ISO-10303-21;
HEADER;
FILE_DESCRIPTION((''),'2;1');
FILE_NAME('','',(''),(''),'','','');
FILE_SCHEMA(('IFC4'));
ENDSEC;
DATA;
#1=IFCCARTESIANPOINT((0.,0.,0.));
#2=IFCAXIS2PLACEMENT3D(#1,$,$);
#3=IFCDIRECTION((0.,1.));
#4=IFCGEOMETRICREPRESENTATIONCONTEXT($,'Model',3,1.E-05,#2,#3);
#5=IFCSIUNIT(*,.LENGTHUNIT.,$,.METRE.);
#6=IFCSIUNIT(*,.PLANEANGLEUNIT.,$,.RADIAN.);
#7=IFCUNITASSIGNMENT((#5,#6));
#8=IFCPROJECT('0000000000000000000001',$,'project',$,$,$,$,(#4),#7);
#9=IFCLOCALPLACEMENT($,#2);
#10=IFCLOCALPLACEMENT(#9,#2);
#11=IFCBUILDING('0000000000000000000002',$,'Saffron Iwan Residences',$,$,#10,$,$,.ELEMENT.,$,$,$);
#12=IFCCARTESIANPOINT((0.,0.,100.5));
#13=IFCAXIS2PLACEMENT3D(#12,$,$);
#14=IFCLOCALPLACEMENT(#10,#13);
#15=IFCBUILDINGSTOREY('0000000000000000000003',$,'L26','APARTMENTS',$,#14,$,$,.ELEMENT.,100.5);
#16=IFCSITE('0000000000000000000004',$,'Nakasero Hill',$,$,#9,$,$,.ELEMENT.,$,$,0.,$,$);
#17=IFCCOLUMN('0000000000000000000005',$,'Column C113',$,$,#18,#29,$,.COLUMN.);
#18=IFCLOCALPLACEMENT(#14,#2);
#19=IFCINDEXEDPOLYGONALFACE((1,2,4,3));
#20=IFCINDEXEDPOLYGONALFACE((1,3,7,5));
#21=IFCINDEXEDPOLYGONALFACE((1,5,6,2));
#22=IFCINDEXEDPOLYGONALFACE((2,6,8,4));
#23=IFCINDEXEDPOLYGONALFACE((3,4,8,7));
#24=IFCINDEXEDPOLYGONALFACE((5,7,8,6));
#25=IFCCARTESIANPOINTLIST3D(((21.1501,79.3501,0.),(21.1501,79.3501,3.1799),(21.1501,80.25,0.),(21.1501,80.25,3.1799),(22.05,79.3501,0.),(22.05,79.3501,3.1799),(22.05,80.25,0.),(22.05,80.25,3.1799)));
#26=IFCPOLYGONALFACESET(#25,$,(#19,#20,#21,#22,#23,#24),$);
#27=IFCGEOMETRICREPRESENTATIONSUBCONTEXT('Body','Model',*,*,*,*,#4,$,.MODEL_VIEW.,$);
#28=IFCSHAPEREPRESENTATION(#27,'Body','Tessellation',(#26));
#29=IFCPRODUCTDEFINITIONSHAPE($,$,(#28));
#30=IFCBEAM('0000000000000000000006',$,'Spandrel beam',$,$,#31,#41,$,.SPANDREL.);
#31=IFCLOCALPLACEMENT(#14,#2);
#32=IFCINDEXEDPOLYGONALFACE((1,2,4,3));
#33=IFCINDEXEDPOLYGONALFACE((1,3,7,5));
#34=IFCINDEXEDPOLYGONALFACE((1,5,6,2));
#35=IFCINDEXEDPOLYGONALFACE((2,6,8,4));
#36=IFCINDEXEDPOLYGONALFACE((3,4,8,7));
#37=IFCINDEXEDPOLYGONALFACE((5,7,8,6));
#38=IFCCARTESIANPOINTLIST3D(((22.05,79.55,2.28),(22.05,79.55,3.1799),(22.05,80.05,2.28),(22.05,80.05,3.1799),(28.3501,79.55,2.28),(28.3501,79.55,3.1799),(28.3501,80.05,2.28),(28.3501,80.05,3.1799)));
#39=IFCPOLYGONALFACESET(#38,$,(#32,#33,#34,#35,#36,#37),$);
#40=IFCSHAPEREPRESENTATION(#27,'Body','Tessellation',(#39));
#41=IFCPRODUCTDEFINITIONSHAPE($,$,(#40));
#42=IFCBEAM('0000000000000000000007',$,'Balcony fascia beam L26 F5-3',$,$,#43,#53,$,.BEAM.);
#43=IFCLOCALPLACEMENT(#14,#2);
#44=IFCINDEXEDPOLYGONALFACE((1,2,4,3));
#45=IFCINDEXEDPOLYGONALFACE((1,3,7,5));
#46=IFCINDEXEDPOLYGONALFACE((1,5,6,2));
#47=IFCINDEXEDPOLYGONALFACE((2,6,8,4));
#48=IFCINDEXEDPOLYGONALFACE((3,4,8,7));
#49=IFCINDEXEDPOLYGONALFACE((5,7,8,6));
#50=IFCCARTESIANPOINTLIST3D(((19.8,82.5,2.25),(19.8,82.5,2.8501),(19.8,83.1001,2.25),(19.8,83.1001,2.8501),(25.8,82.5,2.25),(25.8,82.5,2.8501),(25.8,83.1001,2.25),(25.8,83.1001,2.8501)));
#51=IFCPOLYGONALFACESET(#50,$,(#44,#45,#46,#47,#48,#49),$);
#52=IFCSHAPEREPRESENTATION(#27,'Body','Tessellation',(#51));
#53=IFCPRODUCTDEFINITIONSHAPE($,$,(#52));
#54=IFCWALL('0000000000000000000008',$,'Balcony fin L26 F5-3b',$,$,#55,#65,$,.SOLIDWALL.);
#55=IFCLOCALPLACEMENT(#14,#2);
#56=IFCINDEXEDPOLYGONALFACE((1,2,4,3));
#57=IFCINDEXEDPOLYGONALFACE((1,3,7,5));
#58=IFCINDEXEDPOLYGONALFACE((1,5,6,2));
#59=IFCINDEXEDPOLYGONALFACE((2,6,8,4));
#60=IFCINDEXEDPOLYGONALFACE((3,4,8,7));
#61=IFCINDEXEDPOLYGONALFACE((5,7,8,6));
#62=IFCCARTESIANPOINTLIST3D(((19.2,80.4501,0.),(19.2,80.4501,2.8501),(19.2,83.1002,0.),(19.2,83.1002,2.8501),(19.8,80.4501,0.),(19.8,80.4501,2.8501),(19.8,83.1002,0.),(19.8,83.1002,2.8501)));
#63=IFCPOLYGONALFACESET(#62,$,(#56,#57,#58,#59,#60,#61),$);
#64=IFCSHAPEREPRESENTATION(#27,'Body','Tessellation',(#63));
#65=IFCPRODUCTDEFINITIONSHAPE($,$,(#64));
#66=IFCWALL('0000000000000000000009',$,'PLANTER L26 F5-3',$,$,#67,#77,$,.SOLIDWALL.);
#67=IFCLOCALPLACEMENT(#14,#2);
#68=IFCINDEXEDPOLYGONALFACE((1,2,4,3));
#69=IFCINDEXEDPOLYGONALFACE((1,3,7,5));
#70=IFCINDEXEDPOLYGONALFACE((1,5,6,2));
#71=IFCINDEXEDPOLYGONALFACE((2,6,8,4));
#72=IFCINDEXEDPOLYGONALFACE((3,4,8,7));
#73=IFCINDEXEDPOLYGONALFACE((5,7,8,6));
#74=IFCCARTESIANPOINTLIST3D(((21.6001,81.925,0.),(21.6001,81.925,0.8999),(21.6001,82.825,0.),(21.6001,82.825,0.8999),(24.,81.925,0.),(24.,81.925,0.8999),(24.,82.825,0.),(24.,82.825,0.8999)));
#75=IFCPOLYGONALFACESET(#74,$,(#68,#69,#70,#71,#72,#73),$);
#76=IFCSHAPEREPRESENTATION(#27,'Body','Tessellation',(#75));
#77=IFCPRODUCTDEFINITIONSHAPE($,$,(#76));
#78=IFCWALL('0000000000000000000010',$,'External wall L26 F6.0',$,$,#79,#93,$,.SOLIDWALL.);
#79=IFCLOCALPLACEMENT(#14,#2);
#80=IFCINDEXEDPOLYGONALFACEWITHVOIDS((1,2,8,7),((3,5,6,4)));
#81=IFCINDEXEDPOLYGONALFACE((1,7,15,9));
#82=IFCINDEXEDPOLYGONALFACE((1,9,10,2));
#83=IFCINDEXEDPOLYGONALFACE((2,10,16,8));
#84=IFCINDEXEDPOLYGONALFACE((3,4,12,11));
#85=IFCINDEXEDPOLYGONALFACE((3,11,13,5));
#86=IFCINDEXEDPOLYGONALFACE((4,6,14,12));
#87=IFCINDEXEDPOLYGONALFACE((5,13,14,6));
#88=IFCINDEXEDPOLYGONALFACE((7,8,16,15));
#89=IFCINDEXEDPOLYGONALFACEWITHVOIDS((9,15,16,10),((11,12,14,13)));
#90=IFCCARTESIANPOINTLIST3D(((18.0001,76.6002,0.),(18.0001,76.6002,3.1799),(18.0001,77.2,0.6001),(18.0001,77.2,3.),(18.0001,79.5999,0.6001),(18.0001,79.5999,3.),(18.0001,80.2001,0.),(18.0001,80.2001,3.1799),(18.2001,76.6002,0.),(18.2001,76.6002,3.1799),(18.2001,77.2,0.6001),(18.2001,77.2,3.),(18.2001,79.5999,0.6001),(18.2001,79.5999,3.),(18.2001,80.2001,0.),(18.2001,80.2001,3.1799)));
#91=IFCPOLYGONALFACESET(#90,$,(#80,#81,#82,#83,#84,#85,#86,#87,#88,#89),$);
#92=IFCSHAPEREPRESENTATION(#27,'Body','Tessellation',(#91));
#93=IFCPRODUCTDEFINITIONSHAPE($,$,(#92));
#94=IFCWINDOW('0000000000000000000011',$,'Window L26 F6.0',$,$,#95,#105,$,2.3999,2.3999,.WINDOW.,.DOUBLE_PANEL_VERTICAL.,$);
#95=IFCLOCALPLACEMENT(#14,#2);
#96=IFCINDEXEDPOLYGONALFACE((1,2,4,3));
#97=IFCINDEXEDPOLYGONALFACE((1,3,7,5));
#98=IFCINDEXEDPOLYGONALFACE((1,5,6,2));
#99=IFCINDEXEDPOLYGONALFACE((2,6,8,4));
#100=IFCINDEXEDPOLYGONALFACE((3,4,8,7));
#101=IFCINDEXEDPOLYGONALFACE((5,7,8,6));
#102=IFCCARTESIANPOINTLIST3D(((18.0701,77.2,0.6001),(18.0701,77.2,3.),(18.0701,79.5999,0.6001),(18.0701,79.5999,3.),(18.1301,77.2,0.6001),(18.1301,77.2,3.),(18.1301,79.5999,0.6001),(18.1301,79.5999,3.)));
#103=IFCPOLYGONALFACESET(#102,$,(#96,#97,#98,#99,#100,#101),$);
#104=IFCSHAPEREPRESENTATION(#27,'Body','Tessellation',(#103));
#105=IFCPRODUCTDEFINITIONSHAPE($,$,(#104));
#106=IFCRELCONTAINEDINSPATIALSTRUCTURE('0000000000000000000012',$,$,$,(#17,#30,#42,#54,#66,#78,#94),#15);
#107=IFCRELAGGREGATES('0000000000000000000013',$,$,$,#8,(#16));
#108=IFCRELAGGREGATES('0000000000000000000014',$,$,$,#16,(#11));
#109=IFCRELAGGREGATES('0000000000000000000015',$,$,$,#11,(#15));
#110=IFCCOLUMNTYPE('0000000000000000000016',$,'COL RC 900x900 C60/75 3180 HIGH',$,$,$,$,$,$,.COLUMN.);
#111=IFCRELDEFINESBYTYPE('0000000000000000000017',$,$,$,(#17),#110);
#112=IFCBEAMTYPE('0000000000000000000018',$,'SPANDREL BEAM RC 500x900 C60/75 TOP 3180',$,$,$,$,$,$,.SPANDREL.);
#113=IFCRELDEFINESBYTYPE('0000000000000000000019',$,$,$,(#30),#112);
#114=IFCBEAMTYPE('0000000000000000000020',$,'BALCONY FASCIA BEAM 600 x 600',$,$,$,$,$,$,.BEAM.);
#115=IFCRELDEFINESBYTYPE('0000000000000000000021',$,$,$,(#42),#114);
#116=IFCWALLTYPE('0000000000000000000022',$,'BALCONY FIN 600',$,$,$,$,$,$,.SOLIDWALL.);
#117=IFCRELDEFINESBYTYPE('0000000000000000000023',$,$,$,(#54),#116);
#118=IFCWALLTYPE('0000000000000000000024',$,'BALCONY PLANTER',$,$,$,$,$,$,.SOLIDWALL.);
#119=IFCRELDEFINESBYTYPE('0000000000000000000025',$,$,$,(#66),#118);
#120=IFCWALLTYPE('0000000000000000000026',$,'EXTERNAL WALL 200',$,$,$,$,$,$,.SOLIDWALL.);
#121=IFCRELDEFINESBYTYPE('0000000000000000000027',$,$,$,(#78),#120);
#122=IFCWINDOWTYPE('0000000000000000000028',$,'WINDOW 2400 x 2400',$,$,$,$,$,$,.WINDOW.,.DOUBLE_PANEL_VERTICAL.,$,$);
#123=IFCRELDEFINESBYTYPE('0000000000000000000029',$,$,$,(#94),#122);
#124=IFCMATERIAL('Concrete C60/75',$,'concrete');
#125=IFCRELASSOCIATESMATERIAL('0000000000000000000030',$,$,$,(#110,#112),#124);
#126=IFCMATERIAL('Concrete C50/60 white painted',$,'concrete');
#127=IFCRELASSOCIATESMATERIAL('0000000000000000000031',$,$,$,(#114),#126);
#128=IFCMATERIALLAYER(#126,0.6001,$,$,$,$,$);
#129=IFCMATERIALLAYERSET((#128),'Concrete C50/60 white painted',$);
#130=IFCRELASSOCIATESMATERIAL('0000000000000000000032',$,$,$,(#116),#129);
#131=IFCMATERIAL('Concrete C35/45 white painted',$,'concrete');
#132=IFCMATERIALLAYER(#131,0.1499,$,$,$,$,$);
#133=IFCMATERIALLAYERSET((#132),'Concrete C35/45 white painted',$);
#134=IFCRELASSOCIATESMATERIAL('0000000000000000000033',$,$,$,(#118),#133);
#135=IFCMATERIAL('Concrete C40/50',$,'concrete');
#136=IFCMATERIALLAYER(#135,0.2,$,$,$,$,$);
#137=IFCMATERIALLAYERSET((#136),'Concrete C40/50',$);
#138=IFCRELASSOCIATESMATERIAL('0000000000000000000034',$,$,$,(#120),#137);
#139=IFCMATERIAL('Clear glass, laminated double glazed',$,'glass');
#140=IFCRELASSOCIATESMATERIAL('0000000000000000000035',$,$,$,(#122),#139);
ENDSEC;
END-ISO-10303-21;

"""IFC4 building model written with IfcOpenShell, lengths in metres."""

from ifc_helpers import new_model, si_unit, direction, frame, frame_2d, origin, origin_2d, place, context, subcontext, project, spatial, rectangle, extrude, source, transform, mapped, material, layer, layer_set, material_profile, profile_set, type_object, element, fill, save


model = new_model("IFC4")

# Units and contexts
model_context = context("Model", 3, precision=1e-05, world=origin(), true_north=direction((0.0, 1.0)))
body_context = subcontext(model_context, "Body", "Model", "MODEL_VIEW")
ifc_project = project(units=[si_unit("LENGTHUNIT", "METRE"), si_unit("PLANEANGLEUNIT", "RADIAN")], contexts=[model_context])

# Site, building, storey
site_placement = place(None, origin())
site = spatial("IfcSite", under=ifc_project, at=site_placement, Name="Nakasero Hill", CompositionType="ELEMENT", RefElevation=0.0)
building_placement = place(site_placement, origin())
building = spatial("IfcBuilding", under=site, at=building_placement, Name="Saffron Iwan Residences", CompositionType="ELEMENT")
storey_placement = place(building_placement, frame((0.0, 0.0, 100.5)))
storey = spatial("IfcBuildingStorey", under=building, at=storey_placement, Name="L26", Description="APARTMENTS", CompositionType="ELEMENT", Elevation=100.5)

# Column
ifc_material_1 = material(Name="Concrete C60/75", Category="concrete")
ifc_material_profile_1 = material_profile(ifc_material_1, rectangle(XDim=0.8999, YDim=0.8999, at=origin_2d()), Name="RC 900x900")
ifc_profile_set_1 = profile_set([ifc_material_profile_1], Name="Concrete C60/75")
column_type = type_object("IfcColumnType", Name="COL RC 900x900 C60/75 3180 HIGH", PredefinedType="COLUMN", material=ifc_profile_set_1)
shared_shape_1 = source(origin(), body_context, "Body", "SweptSolid", [
    extrude(rectangle(XDim=0.8999, YDim=0.8999, at=origin_2d()), origin(), (0.0, 0.0, 1.0), 3.1799),
])
column_placement = place(storey_placement, frame((21.6001, 79.8, 0.0), z_axis=(0.0, 0.0, 1.0), x_axis=(1.0, 0.0, 0.0)))
element("IfcColumn", 1, at=column_placement, inside=storey, type_object=column_type, Name="Column C113", PredefinedType="COLUMN", context=body_context, shape_type="MappedRepresentation", body=[
    mapped(shared_shape_1, transform((0.0, 0.0, 0.0))),
])

# Beams
ifc_material_profile_2 = material_profile(ifc_material_1, rectangle(XDim=0.5, YDim=0.8999, at=origin_2d()), Name="RC 500x900")
ifc_profile_set_2 = profile_set([ifc_material_profile_2], Name="Concrete C60/75")
beam_type_1 = type_object("IfcBeamType", Name="SPANDREL BEAM RC 500x900 C60/75 TOP 3180", PredefinedType="SPANDREL", material=ifc_profile_set_2)
shared_shape_2 = source(origin(), body_context, "Body", "SweptSolid", [
    extrude(rectangle(XDim=0.5, YDim=0.8999, at=origin_2d()), origin(), (0.0, 0.0, 1.0), 6.3),
])
beam_1_placement = place(storey_placement, frame((22.05, 79.8, 2.73), z_axis=(1.0, 0.0, 0.0), x_axis=(0.0, 1.0, 0.0)))
element("IfcBeam", 2, at=beam_1_placement, inside=storey, type_object=beam_type_1, Name="Spandrel beam", PredefinedType="SPANDREL", context=body_context, shape_type="MappedRepresentation", body=[
    mapped(shared_shape_2, transform((0.0, 0.0, 0.0))),
])
ifc_material_2 = material(Name="Concrete C50/60 white painted", Category="concrete")
ifc_material_profile_3 = material_profile(ifc_material_2, rectangle(XDim=0.6001, YDim=0.6001, at=origin_2d()), Name="BALCONY FASCIA BEAM 600 x 600")
ifc_profile_set_3 = profile_set([ifc_material_profile_3], Name="Concrete C50/60 white painted")
beam_type_2 = type_object("IfcBeamType", Name="BALCONY FASCIA BEAM 600 x 600", PredefinedType="BEAM", material=ifc_profile_set_3)
shared_shape_3 = source(origin(), body_context, "Body", "SweptSolid", [
    extrude(rectangle(XDim=0.6001, YDim=0.6001, at=origin_2d()), origin(), (0.0, 0.0, 1.0), 6.0),
])
beam_2_placement = place(storey_placement, frame((25.8, 82.8, 2.55), z_axis=(-1.0, 0.0, 0.0), x_axis=(0.0, -1.0, 0.0)))
element("IfcBeam", 3, at=beam_2_placement, inside=storey, type_object=beam_type_2, Name="Balcony fascia beam L26 F5-3", PredefinedType="BEAM", context=body_context, shape_type="MappedRepresentation", body=[
    mapped(shared_shape_3, transform((0.0, 0.0, 0.0))),
])

# Walls
ifc_layer_1 = layer(ifc_material_2, 0.6001)
ifc_layer_set_1 = layer_set([ifc_layer_1], Name="Concrete C50/60 white painted")
wall_type_1 = type_object("IfcWallType", Name="BALCONY FIN 600", PredefinedType="SOLIDWALL", material=ifc_layer_set_1)
wall_1_placement = place(storey_placement, frame((19.5, 80.45, 0.0), z_axis=(0.0, 0.0, 1.0), x_axis=(0.0, 1.0, 0.0)))
element("IfcWall", 4, at=wall_1_placement, inside=storey, type_object=wall_type_1, Name="Balcony fin L26 F5-3b", PredefinedType="SOLIDWALL", context=body_context, shape_type="SweptSolid", body=[
    extrude(rectangle(XDim=2.6501, YDim=0.6001, at=frame_2d((1.3252, 0.0))), origin(), (0.0, 0.0, 1.0), 2.8501),
])
ifc_material_3 = material(Name="Concrete C35/45 white painted", Category="concrete")
ifc_layer_2 = layer(ifc_material_3, 0.1499)
ifc_layer_set_2 = layer_set([ifc_layer_2], Name="Concrete C35/45 white painted")
wall_type_2 = type_object("IfcWallType", Name="BALCONY PLANTER", PredefinedType="SOLIDWALL", material=ifc_layer_set_2)
wall_2_placement = place(storey_placement, frame((24.0, 82.375, 0.0), z_axis=(0.0, 0.0, 1.0), x_axis=(-1.0, 0.0, 0.0)))
element("IfcWall", 5, at=wall_2_placement, inside=storey, type_object=wall_type_2, Name="PLANTER L26 F5-3", PredefinedType="SOLIDWALL", context=body_context, shape_type="SweptSolid", body=[
    extrude(rectangle(XDim=2.3999, YDim=0.8999, at=frame_2d((1.2, 0.0))), origin(), (0.0, 0.0, 1.0), 0.8999),
])

# Wall, opening, window
ifc_material_4 = material(Name="Concrete C40/50", Category="concrete")
ifc_layer_3 = layer(ifc_material_4, 0.2)
ifc_layer_set_3 = layer_set([ifc_layer_3], Name="Concrete C40/50")
wall_type_3 = type_object("IfcWallType", Name="EXTERNAL WALL 200", PredefinedType="SOLIDWALL", material=ifc_layer_set_3)
wall_3_placement = place(storey_placement, frame((18.1001, 80.2, 0.0), z_axis=(0.0, 0.0, 1.0), x_axis=(0.0, -1.0, 0.0)))
wall_3 = element("IfcWall", 6, at=wall_3_placement, inside=storey, type_object=wall_type_3, Name="External wall L26 F6.0", PredefinedType="SOLIDWALL", context=body_context, shape_type="SweptSolid", body=[
    extrude(rectangle(XDim=3.5999, YDim=0.2, at=frame_2d((1.7998, 0.0))), origin(), (0.0, 0.0, 1.0), 3.1799),
])
opening_placement = place(wall_3_placement, frame((0.6001, 0.0, 0.6001)))
opening = element("IfcOpeningElement", 7, at=opening_placement, cuts=wall_3, PredefinedType="OPENING", context=body_context, shape_type="SweptSolid", body=[
    extrude(rectangle(XDim=2.3999, YDim=2.3999, at=frame_2d((1.2, 1.2))), frame((0.0, 0.1099, 0.0), z_axis=(0.0, -1.0, 0.0), x_axis=(1.0, 0.0, 0.0)), (0.0, 0.0, 1.0), 0.22),
])
ifc_material_5 = material(Name="Clear glass, laminated double glazed", Category="glass")
window_type = type_object("IfcWindowType", Name="WINDOW 2400 x 2400", PartitioningType="DOUBLE_PANEL_VERTICAL", PredefinedType="WINDOW", material=ifc_material_5)
window_placement = place(opening_placement, origin())
window = element("IfcWindow", 8, at=window_placement, inside=storey, type_object=window_type, Name="Window L26 F6.0", OverallHeight=2.3999, OverallWidth=2.3999, PartitioningType="DOUBLE_PANEL_VERTICAL", PredefinedType="WINDOW", context=body_context, shape_type="SweptSolid", body=[
    extrude(rectangle(XDim=2.3999, YDim=2.3999, at=frame_2d((1.2, 1.2))), frame((0.0, 0.03, 0.0), z_axis=(0.0, -1.0, 0.0), x_axis=(1.0, 0.0, 0.0)), (0.0, 0.0, 1.0), 0.0601),
])
fill(opening, window)

save(model, "model.ifc")
